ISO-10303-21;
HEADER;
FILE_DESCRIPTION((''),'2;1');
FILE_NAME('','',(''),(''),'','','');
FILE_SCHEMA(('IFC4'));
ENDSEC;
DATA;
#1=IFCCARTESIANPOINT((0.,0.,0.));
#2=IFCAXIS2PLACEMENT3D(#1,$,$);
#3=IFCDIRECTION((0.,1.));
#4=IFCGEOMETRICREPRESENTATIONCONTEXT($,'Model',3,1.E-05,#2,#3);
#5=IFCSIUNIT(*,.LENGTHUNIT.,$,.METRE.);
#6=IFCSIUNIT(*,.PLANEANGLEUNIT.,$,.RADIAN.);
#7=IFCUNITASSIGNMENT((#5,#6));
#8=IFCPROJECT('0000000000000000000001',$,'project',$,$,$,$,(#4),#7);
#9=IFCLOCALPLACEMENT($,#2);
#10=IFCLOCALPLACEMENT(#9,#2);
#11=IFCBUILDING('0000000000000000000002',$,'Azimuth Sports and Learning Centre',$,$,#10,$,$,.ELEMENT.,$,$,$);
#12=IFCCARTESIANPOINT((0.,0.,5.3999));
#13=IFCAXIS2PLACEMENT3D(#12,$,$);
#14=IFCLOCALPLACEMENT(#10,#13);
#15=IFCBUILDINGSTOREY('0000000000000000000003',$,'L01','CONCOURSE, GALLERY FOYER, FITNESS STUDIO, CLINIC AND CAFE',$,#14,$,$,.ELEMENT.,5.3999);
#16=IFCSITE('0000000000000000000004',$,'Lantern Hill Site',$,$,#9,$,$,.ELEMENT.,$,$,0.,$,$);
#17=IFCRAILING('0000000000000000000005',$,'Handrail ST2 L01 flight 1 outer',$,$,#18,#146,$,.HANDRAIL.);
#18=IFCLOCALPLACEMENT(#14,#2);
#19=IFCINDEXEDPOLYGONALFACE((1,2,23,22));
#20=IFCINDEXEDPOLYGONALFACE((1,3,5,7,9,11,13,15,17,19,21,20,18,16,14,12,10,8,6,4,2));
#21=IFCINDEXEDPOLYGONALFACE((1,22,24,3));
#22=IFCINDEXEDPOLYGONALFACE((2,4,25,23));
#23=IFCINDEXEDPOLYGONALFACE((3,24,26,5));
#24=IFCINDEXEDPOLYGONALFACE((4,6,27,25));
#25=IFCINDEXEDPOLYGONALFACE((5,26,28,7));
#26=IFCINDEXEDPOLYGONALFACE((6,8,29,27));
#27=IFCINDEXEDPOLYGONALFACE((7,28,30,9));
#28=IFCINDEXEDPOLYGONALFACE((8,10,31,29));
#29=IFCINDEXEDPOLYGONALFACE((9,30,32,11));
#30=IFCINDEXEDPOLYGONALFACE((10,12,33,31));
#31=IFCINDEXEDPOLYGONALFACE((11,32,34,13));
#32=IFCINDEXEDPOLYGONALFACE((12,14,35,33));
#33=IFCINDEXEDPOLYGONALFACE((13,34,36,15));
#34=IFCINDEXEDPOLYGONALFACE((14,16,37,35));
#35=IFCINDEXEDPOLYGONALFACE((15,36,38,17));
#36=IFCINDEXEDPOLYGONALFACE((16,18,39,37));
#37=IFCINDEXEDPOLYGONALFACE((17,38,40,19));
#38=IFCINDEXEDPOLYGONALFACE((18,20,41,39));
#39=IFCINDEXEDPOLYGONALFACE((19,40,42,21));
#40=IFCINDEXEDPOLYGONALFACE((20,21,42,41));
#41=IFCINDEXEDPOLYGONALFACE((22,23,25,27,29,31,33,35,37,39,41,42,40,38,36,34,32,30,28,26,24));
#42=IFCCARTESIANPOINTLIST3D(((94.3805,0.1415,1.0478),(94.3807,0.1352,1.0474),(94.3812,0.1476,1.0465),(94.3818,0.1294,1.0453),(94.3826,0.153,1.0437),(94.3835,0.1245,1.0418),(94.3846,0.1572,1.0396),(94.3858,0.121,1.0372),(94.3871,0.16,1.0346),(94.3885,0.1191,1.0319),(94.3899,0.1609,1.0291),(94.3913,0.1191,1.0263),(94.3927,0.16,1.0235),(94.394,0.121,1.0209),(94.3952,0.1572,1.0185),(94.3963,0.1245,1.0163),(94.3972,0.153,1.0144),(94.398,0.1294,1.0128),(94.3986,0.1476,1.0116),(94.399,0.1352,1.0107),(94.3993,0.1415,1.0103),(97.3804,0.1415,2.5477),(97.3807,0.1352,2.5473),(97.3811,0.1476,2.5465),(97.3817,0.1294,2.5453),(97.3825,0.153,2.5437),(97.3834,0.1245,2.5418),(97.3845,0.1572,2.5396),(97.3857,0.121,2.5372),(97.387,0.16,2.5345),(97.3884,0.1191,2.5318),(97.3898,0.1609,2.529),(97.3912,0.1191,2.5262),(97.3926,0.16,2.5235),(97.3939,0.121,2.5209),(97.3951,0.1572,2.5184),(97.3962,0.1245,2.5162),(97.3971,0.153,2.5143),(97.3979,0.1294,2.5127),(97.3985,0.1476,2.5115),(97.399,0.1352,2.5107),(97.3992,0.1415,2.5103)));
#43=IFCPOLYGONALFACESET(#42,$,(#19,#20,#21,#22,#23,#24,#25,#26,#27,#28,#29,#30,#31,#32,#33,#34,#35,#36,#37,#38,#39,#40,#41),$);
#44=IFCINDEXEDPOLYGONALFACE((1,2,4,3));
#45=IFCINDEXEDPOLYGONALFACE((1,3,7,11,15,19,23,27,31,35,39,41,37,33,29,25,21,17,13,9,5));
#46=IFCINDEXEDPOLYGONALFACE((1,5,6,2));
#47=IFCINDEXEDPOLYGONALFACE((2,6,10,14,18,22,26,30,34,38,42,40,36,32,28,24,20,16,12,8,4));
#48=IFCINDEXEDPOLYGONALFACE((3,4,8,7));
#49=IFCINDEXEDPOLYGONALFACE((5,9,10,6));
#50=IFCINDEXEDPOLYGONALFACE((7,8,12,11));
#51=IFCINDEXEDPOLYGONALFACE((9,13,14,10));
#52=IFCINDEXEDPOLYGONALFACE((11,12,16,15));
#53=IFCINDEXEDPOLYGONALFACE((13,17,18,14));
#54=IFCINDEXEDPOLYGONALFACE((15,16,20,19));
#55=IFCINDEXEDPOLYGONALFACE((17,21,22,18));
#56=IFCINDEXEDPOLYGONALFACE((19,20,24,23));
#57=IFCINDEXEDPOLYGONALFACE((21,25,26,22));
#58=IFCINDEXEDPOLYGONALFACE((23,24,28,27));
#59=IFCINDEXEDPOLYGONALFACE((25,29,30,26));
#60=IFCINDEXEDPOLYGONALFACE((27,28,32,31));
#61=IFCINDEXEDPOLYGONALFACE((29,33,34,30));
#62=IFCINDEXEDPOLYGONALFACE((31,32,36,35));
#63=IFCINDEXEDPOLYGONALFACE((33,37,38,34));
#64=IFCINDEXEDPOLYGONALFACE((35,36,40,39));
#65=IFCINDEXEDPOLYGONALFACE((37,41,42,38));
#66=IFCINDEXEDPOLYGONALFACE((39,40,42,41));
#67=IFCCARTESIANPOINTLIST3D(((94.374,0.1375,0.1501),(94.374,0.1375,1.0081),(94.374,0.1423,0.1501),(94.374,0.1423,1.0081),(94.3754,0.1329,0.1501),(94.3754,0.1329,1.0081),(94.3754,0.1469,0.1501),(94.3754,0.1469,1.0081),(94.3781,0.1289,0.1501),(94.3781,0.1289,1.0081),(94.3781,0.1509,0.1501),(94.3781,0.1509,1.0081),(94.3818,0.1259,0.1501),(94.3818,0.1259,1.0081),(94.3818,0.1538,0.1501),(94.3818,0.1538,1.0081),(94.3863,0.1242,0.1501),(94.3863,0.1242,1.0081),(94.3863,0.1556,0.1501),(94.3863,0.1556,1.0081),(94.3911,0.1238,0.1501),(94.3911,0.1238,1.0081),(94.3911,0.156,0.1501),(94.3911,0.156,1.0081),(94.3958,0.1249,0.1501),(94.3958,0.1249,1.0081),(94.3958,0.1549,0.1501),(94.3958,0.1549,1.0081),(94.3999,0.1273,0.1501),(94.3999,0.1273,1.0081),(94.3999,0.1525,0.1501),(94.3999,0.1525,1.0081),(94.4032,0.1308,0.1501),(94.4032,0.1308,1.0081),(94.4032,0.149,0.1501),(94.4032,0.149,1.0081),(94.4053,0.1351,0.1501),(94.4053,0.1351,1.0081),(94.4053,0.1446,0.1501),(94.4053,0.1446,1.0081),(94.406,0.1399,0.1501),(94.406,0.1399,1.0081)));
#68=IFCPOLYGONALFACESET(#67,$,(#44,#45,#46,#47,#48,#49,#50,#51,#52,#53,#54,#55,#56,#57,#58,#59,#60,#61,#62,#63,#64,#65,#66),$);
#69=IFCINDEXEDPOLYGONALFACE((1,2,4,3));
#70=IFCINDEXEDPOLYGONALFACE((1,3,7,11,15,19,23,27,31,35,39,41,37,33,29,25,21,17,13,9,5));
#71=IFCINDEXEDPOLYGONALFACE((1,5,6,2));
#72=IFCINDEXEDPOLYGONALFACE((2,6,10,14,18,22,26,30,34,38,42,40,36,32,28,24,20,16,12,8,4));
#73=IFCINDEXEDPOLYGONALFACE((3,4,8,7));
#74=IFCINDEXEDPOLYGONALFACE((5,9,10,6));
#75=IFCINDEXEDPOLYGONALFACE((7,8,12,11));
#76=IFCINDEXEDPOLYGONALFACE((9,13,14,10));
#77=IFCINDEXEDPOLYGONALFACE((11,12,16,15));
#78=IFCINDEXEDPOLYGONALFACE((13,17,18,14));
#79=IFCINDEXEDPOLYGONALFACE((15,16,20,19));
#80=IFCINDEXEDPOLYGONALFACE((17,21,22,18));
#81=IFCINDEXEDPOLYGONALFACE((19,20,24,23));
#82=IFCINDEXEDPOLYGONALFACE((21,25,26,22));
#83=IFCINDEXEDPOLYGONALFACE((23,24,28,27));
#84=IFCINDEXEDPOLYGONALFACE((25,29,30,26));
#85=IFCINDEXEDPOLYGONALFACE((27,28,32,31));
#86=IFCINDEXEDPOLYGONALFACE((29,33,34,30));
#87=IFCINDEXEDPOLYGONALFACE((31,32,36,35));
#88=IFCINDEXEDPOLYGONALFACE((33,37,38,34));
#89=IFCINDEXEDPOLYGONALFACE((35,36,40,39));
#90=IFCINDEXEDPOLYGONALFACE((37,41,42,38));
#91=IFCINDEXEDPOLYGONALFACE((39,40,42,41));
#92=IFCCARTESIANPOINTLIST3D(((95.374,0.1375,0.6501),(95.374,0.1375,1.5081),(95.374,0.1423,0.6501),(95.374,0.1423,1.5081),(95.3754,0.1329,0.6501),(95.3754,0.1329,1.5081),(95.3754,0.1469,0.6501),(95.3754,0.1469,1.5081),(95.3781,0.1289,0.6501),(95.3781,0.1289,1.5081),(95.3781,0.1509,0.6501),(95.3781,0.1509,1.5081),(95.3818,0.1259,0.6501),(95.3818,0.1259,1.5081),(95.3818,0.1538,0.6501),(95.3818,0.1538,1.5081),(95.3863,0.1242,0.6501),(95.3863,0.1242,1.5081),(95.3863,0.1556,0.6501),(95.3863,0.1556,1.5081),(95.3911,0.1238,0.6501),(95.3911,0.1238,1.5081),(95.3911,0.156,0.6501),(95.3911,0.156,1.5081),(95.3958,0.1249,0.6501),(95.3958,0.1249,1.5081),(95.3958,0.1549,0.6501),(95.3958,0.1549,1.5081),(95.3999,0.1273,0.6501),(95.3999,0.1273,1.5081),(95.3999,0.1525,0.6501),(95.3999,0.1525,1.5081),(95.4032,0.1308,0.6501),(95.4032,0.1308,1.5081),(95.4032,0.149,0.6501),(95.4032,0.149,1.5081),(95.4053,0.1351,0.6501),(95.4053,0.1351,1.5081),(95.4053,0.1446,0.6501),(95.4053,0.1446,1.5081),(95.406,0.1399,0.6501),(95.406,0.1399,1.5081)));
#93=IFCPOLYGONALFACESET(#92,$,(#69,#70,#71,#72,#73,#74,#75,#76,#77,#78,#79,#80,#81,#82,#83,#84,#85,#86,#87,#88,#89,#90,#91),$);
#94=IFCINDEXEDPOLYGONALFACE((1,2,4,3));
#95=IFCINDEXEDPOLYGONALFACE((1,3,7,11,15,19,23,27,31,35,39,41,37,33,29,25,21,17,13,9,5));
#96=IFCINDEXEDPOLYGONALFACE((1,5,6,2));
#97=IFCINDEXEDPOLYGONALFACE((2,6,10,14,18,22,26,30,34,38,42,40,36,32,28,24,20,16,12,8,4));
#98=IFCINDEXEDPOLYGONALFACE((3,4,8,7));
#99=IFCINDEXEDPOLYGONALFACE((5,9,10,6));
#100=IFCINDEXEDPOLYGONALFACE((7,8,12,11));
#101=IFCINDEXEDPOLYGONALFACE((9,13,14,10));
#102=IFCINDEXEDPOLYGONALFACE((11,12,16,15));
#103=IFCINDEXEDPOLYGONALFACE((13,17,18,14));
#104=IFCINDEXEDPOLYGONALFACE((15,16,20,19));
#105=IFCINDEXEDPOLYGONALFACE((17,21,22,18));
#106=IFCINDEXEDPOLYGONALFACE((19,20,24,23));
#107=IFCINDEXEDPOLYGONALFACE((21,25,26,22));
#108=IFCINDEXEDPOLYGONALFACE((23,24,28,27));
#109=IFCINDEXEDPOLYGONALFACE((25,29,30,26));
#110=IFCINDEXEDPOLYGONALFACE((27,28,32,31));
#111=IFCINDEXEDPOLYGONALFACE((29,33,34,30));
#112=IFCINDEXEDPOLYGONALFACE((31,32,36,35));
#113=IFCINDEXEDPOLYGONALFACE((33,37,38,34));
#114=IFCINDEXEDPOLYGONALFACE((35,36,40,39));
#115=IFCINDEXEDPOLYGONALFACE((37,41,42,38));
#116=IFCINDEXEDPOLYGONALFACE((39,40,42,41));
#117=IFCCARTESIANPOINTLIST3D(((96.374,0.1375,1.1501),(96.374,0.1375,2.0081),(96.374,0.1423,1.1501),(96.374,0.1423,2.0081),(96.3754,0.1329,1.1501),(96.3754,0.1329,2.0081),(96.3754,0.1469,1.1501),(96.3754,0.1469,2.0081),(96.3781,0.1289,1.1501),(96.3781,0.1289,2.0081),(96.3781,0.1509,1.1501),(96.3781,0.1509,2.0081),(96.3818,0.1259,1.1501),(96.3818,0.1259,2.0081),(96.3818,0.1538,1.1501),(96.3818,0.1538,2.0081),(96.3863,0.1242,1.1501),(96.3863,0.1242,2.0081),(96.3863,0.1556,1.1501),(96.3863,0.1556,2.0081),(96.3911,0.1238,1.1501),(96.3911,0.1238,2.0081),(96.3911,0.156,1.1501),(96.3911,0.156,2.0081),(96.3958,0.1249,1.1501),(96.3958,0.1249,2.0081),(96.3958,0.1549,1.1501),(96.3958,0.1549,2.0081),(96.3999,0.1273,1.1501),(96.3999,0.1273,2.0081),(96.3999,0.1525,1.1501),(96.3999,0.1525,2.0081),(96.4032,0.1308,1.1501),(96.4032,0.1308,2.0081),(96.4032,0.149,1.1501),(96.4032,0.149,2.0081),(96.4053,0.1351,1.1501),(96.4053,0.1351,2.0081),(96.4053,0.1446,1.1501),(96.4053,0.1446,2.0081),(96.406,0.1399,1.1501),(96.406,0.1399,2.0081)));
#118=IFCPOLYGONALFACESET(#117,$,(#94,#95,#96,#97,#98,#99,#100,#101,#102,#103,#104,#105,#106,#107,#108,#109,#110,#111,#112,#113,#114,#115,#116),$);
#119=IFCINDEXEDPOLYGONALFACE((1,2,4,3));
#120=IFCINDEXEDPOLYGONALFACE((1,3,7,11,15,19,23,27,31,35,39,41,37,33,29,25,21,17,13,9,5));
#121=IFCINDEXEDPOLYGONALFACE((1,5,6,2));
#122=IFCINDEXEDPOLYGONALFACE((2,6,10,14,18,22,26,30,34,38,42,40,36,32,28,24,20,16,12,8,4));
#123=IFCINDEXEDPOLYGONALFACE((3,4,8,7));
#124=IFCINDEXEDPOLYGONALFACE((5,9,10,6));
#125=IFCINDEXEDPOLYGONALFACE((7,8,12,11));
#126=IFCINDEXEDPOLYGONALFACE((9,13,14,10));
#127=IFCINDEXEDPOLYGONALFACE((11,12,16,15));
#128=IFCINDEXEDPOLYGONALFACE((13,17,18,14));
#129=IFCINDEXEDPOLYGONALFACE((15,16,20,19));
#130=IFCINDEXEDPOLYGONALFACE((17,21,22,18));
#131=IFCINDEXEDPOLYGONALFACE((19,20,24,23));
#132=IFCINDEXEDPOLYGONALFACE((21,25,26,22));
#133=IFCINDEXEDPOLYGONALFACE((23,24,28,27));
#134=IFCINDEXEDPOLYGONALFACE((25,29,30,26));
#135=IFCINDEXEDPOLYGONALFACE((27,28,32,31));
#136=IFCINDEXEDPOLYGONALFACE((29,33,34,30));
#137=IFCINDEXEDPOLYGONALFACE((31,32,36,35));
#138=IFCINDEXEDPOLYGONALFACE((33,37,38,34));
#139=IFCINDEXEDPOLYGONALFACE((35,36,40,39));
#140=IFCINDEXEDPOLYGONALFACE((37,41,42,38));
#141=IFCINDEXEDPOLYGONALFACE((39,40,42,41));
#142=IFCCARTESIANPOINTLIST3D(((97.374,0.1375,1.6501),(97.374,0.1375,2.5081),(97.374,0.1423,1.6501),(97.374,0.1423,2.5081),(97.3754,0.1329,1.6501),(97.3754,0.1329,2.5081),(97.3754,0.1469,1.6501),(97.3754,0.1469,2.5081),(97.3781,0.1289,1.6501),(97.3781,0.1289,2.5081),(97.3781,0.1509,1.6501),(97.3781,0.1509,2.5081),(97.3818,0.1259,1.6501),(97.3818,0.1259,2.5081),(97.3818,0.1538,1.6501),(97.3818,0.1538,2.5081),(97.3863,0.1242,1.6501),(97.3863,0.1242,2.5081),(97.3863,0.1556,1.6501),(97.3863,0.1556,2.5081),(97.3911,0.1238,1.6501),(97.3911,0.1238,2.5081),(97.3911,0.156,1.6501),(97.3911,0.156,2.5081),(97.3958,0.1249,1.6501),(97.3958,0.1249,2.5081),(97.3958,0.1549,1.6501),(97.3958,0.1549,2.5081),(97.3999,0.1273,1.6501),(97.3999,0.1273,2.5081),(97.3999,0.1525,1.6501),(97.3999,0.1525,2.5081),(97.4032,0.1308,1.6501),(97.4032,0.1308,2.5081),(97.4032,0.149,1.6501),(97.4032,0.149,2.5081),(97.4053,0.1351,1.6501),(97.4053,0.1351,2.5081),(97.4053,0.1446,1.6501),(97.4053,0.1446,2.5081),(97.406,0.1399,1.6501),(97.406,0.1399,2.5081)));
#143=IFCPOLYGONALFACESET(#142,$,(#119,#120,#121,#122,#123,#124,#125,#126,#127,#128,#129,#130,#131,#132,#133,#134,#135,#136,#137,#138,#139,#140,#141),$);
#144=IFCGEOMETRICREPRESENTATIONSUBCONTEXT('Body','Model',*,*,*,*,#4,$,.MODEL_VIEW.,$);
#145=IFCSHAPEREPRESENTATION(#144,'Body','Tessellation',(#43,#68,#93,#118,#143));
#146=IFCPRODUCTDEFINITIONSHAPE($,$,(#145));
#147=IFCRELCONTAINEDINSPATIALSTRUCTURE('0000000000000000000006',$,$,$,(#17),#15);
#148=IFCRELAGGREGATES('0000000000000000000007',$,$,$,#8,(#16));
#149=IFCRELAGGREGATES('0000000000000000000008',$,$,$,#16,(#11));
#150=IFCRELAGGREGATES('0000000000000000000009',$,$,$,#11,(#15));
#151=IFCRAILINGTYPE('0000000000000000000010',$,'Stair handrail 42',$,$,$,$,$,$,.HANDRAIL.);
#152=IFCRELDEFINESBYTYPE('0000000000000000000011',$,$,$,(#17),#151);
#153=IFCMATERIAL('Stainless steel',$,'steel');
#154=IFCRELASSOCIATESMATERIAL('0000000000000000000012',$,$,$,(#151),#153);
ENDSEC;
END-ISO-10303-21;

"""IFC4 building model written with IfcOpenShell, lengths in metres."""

from ifc_helpers import new_model, si_unit, direction, frame, origin, origin_2d, place, context, subcontext, project, spatial, circle, extrude, material, type_object, element, save


model = new_model("IFC4")

# Units and contexts
model_context = context("Model", 3, precision=1e-05, world=origin(), true_north=direction((0.0, 1.0)))
body_context = subcontext(model_context, "Body", "Model", "MODEL_VIEW")
ifc_project = project(units=[si_unit("LENGTHUNIT", "METRE"), si_unit("PLANEANGLEUNIT", "RADIAN")], contexts=[model_context])

# Site, building, storey
site_placement = place(None, origin())
site = spatial("IfcSite", under=ifc_project, at=site_placement, Name="Lantern Hill Site", CompositionType="ELEMENT", RefElevation=0.0)
building_placement = place(site_placement, origin())
building = spatial("IfcBuilding", under=site, at=building_placement, Name="Azimuth Sports and Learning Centre", CompositionType="ELEMENT")
storey_placement = place(building_placement, frame((0.0, 0.0, 5.3999)))
storey = spatial("IfcBuildingStorey", under=building, at=storey_placement, Name="L01", Description="CONCOURSE, GALLERY FOYER, FITNESS STUDIO, CLINIC AND CAFE", CompositionType="ELEMENT", Elevation=5.3999)

# Railing
ifc_material_1 = material(Name="Stainless steel", Category="steel")
railing_type = type_object("IfcRailingType", Name="Stair handrail 42", PredefinedType="HANDRAIL", material=ifc_material_1)
for number, where, name in (
    (1, (94.3899, 0.1399, 0.1501), "Handrail ST2 L01 flight 1 outer"),
):
    element("IfcRailing", number, at=place(storey_placement, frame(where)), inside=storey, type_object=railing_type, Name=name, PredefinedType="HANDRAIL", context=body_context, shape_type="SweptSolid", body=[
        extrude(circle(Radius=0.021, at=origin_2d()), frame((0.0, 0.0, 0.8789), z_axis=(0.894427, 0.0, 0.447214), x_axis=(0.0, 1.0, 0.0)), (0.0, 0.0, 1.0), 3.354),
        extrude(circle(Radius=0.0161, at=origin_2d()), origin(), (0.0, 0.0, 1.0), 0.8579),
        extrude(circle(Radius=0.0161, at=origin_2d()), frame((1.0, 0.0, 0.5)), (0.0, 0.0, 1.0), 0.8579),
        extrude(circle(Radius=0.0161, at=origin_2d()), frame((2.0, 0.0, 1.0)), (0.0, 0.0, 1.0), 0.8579),
        extrude(circle(Radius=0.0161, at=origin_2d()), frame((3.0, 0.0, 1.5)), (0.0, 0.0, 1.0), 0.8579),
    ])

save(model, "model.ifc")
